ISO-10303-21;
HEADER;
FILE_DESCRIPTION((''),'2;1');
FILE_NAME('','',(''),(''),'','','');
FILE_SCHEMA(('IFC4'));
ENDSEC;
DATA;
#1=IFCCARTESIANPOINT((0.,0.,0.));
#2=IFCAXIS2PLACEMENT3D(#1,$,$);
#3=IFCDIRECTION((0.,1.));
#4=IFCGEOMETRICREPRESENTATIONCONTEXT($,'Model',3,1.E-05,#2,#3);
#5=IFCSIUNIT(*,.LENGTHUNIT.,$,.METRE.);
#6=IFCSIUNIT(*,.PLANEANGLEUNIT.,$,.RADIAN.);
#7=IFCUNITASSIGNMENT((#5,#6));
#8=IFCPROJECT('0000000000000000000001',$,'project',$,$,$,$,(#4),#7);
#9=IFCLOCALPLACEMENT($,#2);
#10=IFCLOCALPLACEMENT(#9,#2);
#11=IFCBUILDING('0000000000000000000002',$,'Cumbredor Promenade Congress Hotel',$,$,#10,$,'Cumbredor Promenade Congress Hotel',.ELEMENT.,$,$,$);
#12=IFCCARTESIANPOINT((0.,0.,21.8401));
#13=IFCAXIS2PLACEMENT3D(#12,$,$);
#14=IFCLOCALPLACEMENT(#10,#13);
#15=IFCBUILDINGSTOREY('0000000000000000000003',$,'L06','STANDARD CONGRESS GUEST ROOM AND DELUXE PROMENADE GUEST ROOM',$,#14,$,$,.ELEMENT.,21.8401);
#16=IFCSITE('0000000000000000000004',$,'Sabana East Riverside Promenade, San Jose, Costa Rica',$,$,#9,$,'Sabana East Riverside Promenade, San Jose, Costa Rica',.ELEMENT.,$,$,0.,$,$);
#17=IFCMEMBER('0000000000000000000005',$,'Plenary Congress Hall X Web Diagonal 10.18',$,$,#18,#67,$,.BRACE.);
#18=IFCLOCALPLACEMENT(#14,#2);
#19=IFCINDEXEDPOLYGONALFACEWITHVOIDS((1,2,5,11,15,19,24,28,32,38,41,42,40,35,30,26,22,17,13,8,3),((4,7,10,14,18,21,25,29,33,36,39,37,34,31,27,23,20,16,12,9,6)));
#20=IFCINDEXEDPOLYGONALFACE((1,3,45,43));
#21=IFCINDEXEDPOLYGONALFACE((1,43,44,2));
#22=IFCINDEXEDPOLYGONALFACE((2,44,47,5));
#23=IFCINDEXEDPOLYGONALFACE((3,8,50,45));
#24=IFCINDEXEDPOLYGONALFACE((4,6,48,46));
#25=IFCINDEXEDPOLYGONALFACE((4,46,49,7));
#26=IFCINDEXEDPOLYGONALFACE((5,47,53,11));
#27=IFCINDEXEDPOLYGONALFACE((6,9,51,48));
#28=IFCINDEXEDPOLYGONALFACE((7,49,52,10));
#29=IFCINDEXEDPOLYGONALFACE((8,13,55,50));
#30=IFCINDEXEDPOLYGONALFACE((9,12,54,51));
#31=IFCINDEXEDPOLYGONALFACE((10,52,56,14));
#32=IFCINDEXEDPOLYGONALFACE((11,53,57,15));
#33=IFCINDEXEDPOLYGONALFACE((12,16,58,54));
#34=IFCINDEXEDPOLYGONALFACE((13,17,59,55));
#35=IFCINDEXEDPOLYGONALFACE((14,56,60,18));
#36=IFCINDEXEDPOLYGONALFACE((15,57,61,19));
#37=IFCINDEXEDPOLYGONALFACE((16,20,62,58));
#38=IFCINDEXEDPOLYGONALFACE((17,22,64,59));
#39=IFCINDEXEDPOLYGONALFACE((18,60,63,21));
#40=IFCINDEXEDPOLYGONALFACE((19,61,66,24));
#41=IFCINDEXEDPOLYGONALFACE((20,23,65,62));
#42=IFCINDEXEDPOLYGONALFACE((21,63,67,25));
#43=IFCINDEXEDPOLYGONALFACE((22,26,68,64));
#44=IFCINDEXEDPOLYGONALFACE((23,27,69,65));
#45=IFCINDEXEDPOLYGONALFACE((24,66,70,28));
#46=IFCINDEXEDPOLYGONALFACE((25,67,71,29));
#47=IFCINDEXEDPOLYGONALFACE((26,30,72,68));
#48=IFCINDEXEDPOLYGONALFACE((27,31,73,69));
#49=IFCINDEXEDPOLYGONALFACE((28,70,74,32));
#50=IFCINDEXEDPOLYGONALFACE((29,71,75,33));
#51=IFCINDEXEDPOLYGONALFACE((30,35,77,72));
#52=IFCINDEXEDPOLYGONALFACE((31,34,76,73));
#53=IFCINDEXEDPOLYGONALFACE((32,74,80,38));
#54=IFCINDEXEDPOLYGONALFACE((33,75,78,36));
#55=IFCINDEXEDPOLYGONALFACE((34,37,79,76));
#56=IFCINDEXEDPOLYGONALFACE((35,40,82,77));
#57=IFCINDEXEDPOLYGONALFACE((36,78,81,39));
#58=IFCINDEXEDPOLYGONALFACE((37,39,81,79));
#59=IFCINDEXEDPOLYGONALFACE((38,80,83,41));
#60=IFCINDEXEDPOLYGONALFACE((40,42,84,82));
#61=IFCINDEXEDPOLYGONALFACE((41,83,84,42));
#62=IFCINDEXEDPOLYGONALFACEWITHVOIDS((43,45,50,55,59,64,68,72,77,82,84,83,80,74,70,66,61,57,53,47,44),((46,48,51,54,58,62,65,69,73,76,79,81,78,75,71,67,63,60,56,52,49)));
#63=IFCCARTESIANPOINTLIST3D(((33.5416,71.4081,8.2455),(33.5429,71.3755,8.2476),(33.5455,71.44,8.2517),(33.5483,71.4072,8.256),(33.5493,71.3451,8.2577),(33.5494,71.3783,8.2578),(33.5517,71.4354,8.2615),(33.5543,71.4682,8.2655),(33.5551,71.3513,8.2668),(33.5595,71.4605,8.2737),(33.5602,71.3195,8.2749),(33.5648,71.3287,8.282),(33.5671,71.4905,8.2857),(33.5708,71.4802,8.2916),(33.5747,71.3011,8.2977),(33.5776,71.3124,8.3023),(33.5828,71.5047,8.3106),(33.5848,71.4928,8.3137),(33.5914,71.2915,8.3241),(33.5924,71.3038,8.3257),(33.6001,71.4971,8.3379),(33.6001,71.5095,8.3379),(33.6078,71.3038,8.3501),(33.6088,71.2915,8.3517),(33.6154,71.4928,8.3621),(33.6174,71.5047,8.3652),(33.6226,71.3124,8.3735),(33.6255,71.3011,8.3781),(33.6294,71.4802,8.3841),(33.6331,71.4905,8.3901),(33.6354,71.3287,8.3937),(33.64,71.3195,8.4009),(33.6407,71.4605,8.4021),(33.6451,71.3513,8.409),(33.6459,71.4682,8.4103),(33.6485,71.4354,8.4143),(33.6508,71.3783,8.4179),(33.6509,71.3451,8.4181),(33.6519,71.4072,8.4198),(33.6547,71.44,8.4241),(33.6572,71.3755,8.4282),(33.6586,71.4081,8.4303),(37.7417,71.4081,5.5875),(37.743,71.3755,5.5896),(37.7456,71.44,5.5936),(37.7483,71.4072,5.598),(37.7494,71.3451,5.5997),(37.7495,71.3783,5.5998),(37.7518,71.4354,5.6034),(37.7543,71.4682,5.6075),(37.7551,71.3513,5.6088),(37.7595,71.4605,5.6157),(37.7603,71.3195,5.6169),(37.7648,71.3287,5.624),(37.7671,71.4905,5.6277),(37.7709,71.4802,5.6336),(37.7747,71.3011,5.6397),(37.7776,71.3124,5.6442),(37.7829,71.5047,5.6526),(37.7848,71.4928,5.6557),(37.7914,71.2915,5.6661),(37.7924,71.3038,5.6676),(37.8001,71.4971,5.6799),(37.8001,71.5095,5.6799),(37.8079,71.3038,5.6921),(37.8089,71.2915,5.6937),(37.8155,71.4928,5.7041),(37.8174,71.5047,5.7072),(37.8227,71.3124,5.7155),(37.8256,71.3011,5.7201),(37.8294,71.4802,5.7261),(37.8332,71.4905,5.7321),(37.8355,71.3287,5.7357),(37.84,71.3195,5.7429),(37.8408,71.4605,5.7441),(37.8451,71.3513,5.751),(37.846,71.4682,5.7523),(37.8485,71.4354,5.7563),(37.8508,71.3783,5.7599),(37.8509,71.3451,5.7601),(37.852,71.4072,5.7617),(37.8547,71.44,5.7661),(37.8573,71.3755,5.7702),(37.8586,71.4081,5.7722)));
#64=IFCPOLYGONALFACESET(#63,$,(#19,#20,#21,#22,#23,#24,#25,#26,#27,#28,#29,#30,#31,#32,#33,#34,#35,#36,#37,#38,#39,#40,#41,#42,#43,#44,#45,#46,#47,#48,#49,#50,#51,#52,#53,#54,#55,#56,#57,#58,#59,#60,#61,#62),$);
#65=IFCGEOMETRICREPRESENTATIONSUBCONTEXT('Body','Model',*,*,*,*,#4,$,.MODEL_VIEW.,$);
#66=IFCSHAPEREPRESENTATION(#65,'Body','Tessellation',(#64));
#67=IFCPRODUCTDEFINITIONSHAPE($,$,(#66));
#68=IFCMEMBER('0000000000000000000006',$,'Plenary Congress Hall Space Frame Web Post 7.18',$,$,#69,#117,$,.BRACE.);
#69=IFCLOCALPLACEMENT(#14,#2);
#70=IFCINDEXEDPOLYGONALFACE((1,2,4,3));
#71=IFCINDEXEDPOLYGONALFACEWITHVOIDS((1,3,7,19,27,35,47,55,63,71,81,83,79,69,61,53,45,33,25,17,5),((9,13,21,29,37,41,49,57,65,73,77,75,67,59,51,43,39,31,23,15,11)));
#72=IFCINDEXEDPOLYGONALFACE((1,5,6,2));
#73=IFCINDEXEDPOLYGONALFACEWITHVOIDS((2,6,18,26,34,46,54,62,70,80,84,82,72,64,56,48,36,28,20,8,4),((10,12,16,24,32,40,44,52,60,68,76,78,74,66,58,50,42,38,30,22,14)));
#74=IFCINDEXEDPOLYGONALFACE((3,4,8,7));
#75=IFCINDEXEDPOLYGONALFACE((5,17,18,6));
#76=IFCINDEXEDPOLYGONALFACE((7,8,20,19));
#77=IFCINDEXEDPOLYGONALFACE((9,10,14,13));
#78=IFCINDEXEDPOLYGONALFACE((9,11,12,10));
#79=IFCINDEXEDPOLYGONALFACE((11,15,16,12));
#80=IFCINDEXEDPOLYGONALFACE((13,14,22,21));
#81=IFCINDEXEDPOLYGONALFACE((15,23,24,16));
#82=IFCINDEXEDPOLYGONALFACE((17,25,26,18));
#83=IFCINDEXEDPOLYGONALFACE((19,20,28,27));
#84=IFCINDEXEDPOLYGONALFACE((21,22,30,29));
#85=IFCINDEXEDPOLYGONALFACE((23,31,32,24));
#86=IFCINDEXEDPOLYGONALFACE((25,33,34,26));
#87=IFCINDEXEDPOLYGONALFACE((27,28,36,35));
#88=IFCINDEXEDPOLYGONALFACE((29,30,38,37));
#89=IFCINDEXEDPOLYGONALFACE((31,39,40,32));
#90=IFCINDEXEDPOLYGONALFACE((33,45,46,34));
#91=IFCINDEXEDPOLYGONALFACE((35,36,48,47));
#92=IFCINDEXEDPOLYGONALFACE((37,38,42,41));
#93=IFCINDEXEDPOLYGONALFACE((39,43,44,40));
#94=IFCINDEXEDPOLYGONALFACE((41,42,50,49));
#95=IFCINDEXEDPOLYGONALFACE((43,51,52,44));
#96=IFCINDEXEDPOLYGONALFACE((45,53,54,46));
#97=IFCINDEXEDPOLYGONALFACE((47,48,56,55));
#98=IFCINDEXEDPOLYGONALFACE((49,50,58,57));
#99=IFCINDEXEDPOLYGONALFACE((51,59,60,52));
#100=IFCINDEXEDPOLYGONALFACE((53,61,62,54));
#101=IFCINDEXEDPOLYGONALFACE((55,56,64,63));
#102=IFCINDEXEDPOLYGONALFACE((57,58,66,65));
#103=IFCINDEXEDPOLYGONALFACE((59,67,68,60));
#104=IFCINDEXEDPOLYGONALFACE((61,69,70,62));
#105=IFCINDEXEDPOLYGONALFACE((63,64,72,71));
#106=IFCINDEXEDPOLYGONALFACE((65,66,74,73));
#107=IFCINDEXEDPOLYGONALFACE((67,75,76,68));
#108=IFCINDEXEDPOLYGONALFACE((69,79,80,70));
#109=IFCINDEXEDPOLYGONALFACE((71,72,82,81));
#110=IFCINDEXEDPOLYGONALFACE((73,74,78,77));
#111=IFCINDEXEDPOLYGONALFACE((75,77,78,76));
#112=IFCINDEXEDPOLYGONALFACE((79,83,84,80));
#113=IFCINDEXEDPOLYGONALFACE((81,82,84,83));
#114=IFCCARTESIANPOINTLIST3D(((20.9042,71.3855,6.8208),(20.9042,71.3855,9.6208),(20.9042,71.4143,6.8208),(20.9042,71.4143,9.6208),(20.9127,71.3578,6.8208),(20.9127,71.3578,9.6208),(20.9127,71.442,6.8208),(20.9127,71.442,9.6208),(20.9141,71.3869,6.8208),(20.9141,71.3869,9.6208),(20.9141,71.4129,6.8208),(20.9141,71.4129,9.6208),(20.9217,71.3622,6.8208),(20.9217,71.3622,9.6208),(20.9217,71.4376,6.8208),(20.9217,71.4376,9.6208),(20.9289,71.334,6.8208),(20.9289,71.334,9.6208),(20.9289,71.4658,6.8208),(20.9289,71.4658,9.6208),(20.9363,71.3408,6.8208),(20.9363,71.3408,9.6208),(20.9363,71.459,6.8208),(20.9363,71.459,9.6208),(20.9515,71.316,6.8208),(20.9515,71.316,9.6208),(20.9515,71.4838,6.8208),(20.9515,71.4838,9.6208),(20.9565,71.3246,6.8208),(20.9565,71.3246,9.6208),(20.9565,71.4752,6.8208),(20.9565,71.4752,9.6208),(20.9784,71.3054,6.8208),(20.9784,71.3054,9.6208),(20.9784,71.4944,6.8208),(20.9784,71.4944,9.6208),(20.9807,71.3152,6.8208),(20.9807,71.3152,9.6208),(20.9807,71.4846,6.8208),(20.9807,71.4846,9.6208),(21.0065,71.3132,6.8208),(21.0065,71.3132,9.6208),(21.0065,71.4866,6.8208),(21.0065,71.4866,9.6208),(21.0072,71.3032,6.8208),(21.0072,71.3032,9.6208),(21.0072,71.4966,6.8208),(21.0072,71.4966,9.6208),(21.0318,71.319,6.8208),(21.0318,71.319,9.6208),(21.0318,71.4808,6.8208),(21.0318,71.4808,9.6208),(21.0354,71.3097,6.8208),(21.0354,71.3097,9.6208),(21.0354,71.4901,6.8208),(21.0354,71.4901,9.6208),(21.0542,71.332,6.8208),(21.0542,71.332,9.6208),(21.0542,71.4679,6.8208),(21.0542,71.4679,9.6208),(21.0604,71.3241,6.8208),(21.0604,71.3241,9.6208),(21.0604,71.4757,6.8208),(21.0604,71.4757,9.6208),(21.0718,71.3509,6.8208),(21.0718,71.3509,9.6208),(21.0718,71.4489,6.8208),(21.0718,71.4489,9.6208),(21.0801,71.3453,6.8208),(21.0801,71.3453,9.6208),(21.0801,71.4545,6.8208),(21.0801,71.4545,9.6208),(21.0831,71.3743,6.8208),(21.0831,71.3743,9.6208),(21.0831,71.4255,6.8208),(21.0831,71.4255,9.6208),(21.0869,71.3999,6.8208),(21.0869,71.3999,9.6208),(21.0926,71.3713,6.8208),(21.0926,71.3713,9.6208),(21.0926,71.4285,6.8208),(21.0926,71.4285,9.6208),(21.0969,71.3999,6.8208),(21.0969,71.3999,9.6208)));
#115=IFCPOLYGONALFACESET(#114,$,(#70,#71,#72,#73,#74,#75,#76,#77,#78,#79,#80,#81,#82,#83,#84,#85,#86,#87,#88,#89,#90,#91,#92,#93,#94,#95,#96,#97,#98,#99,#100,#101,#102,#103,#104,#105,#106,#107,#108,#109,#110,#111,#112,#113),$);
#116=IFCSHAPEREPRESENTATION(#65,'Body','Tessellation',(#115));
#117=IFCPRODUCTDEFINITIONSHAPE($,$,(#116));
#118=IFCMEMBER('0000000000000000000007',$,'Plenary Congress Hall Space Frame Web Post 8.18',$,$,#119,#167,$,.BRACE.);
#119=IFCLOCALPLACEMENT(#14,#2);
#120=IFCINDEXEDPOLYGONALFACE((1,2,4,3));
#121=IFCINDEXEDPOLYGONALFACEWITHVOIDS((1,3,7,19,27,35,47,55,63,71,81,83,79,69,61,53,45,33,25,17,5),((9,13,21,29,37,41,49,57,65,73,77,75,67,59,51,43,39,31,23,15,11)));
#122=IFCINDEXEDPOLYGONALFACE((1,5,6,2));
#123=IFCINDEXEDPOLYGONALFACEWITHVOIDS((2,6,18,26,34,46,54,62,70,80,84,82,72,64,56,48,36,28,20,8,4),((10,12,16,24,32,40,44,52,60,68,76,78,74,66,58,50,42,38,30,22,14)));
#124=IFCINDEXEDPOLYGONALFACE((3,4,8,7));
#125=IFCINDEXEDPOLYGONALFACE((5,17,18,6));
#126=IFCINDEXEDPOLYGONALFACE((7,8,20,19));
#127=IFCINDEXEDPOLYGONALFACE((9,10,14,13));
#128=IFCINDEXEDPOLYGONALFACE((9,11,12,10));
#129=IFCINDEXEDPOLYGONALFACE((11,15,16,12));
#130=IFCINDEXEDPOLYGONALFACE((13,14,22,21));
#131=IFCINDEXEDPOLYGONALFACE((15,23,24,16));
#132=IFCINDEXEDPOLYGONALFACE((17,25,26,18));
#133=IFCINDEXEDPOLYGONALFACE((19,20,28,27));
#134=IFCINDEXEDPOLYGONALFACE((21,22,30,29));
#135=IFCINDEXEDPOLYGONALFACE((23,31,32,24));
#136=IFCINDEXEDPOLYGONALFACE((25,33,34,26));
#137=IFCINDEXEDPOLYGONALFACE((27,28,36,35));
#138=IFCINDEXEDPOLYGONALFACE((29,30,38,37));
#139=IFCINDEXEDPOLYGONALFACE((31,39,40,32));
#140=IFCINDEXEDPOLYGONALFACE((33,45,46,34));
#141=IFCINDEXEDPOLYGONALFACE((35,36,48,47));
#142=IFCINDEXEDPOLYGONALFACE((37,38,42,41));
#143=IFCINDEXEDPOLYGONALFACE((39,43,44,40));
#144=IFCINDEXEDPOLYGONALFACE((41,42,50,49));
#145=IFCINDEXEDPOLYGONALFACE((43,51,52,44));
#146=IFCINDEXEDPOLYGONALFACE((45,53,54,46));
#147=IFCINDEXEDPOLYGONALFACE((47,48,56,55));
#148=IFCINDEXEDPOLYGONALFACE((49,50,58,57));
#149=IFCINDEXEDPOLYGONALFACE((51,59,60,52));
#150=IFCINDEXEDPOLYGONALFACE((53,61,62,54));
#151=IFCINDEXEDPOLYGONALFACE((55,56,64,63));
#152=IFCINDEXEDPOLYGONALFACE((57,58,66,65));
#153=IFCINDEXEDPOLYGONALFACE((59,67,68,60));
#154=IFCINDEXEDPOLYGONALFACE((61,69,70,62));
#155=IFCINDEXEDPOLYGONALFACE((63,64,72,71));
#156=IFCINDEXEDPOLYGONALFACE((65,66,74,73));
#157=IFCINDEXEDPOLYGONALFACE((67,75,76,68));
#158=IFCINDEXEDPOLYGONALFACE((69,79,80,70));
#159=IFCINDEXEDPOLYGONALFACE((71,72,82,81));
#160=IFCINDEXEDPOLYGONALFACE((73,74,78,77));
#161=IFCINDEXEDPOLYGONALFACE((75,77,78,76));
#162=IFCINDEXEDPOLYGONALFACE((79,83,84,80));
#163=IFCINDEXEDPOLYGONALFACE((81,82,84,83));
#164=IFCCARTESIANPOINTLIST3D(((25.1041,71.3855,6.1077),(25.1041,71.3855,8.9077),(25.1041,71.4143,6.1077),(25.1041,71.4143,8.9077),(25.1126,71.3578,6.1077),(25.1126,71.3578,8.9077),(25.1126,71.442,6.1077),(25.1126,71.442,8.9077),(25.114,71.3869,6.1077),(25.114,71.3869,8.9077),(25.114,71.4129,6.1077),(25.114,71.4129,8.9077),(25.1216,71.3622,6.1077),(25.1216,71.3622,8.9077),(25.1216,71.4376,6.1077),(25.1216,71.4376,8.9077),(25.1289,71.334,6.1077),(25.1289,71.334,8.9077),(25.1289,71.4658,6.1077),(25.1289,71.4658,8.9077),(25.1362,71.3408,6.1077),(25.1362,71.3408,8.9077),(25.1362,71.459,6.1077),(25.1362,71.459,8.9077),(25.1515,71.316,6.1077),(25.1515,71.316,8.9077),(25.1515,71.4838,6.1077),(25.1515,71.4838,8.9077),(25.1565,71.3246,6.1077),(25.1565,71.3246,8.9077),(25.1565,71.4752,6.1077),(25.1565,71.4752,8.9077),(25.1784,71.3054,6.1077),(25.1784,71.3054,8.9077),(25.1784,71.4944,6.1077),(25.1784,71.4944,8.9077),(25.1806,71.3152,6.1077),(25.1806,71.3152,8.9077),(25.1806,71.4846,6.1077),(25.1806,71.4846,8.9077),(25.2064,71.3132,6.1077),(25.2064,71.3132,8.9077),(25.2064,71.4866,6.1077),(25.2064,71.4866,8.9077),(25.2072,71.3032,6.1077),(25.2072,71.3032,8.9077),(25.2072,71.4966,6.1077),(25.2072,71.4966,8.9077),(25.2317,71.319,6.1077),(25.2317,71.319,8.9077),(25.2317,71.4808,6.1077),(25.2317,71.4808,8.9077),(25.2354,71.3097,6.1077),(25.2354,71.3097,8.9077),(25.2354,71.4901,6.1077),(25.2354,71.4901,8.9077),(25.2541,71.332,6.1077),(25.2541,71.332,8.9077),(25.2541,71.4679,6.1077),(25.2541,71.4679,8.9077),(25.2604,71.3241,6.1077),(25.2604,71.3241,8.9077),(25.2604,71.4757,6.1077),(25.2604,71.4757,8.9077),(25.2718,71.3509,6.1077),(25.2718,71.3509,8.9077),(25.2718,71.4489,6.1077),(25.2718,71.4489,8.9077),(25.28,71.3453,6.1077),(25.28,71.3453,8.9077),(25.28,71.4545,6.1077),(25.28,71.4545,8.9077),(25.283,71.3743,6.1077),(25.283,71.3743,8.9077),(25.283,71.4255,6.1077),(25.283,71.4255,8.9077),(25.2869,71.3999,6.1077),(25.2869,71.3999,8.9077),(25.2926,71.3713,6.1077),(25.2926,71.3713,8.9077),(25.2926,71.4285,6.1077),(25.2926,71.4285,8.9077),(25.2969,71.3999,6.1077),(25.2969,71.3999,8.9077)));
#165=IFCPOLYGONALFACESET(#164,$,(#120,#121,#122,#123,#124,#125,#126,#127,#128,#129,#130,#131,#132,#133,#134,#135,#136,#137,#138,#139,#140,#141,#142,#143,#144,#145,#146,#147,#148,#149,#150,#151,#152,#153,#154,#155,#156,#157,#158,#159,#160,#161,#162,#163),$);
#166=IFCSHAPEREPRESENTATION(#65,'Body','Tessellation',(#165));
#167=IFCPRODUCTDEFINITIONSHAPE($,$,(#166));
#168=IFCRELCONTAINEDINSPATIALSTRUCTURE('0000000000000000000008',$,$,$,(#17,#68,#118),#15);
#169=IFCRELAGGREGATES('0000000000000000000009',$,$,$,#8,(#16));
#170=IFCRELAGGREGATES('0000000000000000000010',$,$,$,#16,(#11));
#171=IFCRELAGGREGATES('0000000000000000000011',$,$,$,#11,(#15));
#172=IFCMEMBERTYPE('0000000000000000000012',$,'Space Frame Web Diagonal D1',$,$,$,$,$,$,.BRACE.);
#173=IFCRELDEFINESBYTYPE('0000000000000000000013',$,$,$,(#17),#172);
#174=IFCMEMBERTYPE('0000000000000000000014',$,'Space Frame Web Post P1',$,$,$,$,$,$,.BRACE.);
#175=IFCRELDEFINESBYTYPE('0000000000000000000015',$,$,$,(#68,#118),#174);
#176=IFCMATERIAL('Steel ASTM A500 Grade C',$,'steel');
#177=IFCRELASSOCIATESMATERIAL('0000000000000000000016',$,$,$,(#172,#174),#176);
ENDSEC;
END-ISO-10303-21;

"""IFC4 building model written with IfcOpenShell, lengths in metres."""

from ifc_helpers import new_model, si_unit, direction, frame, origin, origin_2d, place, context, subcontext, project, spatial, hollow_circle, extrude, material, material_profile, profile_set, type_object, element, save


model = new_model("IFC4")

# Units and contexts
model_context = context("Model", 3, precision=1e-05, world=origin(), true_north=direction((0.0, 1.0)))
body_context = subcontext(model_context, "Body", "Model", "MODEL_VIEW")
ifc_project = project(units=[si_unit("LENGTHUNIT", "METRE"), si_unit("PLANEANGLEUNIT", "RADIAN")], contexts=[model_context])

# Site, building, storey
site_placement = place(None, origin())
site = spatial("IfcSite", under=ifc_project, at=site_placement, Name="Sabana East Riverside Promenade, San Jose, Costa Rica", LongName="Sabana East Riverside Promenade, San Jose, Costa Rica", CompositionType="ELEMENT", RefElevation=0.0)
building_placement = place(site_placement, origin())
building = spatial("IfcBuilding", under=site, at=building_placement, Name="Cumbredor Promenade Congress Hotel", LongName="Cumbredor Promenade Congress Hotel", CompositionType="ELEMENT")
storey_placement = place(building_placement, frame((0.0, 0.0, 21.8401)))
storey = spatial("IfcBuildingStorey", under=building, at=storey_placement, Name="L06", Description="STANDARD CONGRESS GUEST ROOM AND DELUXE PROMENADE GUEST ROOM", CompositionType="ELEMENT", Elevation=21.8401)

# Members
ifc_material_1 = material(Name="Steel ASTM A500 Grade C", Category="steel")
ifc_material_profile_1 = material_profile(ifc_material_1, hollow_circle(Radius=0.1096, WallThickness=0.0125, at=origin_2d()), Name="CHS 219.1x12.5")
ifc_profile_set_1 = profile_set([ifc_material_profile_1], Name="Steel ASTM A500 Grade C")
member_type_1 = type_object("IfcMemberType", Name="Space Frame Web Diagonal D1", PredefinedType="BRACE", material=ifc_profile_set_1)
for number, where, z_axis, x_axis, name in (
    (1, (33.6001, 71.3999, 8.3379), (0.845002, 0.0, -0.534763), (0.0, 1.0, 0.0), "Plenary Congress Hall X Web Diagonal 10.18"),
):
    element("IfcMember", number, at=place(storey_placement, frame(where, z_axis=z_axis, x_axis=x_axis)), inside=storey, type_object=member_type_1, Name=name, PredefinedType="BRACE", context=body_context, shape_type="SweptSolid", body=[
        extrude(hollow_circle(Radius=0.1096, WallThickness=0.0125, at=origin_2d()), origin(), (0.0, 0.0, 1.0), 4.9705),
    ])
ifc_material_profile_2 = material_profile(ifc_material_1, hollow_circle(Radius=0.0969, WallThickness=0.01, at=origin_2d()), Name="CHS 193.7x10")
ifc_profile_set_2 = profile_set([ifc_material_profile_2], Name="Steel ASTM A500 Grade C")
member_type_2 = type_object("IfcMemberType", Name="Space Frame Web Post P1", PredefinedType="BRACE", material=ifc_profile_set_2)
for number, where, z_axis, x_axis, name in (
    (2, (21.0, 71.3999, 6.8208), (0.0, 0.0, 1.0), (1.0, 0.0, 0.0), "Plenary Congress Hall Space Frame Web Post 7.18"),
    (3, (25.2, 71.3999, 6.1077), (0.0, 0.0, 1.0), (1.0, 0.0, 0.0), "Plenary Congress Hall Space Frame Web Post 8.18"),
):
    element("IfcMember", number, at=place(storey_placement, frame(where, z_axis=z_axis, x_axis=x_axis)), inside=storey, type_object=member_type_2, Name=name, PredefinedType="BRACE", context=body_context, shape_type="SweptSolid", body=[
        extrude(hollow_circle(Radius=0.0969, WallThickness=0.01, at=origin_2d()), origin(), (0.0, 0.0, 1.0), 2.8),
    ])

save(model, "model.ifc")
